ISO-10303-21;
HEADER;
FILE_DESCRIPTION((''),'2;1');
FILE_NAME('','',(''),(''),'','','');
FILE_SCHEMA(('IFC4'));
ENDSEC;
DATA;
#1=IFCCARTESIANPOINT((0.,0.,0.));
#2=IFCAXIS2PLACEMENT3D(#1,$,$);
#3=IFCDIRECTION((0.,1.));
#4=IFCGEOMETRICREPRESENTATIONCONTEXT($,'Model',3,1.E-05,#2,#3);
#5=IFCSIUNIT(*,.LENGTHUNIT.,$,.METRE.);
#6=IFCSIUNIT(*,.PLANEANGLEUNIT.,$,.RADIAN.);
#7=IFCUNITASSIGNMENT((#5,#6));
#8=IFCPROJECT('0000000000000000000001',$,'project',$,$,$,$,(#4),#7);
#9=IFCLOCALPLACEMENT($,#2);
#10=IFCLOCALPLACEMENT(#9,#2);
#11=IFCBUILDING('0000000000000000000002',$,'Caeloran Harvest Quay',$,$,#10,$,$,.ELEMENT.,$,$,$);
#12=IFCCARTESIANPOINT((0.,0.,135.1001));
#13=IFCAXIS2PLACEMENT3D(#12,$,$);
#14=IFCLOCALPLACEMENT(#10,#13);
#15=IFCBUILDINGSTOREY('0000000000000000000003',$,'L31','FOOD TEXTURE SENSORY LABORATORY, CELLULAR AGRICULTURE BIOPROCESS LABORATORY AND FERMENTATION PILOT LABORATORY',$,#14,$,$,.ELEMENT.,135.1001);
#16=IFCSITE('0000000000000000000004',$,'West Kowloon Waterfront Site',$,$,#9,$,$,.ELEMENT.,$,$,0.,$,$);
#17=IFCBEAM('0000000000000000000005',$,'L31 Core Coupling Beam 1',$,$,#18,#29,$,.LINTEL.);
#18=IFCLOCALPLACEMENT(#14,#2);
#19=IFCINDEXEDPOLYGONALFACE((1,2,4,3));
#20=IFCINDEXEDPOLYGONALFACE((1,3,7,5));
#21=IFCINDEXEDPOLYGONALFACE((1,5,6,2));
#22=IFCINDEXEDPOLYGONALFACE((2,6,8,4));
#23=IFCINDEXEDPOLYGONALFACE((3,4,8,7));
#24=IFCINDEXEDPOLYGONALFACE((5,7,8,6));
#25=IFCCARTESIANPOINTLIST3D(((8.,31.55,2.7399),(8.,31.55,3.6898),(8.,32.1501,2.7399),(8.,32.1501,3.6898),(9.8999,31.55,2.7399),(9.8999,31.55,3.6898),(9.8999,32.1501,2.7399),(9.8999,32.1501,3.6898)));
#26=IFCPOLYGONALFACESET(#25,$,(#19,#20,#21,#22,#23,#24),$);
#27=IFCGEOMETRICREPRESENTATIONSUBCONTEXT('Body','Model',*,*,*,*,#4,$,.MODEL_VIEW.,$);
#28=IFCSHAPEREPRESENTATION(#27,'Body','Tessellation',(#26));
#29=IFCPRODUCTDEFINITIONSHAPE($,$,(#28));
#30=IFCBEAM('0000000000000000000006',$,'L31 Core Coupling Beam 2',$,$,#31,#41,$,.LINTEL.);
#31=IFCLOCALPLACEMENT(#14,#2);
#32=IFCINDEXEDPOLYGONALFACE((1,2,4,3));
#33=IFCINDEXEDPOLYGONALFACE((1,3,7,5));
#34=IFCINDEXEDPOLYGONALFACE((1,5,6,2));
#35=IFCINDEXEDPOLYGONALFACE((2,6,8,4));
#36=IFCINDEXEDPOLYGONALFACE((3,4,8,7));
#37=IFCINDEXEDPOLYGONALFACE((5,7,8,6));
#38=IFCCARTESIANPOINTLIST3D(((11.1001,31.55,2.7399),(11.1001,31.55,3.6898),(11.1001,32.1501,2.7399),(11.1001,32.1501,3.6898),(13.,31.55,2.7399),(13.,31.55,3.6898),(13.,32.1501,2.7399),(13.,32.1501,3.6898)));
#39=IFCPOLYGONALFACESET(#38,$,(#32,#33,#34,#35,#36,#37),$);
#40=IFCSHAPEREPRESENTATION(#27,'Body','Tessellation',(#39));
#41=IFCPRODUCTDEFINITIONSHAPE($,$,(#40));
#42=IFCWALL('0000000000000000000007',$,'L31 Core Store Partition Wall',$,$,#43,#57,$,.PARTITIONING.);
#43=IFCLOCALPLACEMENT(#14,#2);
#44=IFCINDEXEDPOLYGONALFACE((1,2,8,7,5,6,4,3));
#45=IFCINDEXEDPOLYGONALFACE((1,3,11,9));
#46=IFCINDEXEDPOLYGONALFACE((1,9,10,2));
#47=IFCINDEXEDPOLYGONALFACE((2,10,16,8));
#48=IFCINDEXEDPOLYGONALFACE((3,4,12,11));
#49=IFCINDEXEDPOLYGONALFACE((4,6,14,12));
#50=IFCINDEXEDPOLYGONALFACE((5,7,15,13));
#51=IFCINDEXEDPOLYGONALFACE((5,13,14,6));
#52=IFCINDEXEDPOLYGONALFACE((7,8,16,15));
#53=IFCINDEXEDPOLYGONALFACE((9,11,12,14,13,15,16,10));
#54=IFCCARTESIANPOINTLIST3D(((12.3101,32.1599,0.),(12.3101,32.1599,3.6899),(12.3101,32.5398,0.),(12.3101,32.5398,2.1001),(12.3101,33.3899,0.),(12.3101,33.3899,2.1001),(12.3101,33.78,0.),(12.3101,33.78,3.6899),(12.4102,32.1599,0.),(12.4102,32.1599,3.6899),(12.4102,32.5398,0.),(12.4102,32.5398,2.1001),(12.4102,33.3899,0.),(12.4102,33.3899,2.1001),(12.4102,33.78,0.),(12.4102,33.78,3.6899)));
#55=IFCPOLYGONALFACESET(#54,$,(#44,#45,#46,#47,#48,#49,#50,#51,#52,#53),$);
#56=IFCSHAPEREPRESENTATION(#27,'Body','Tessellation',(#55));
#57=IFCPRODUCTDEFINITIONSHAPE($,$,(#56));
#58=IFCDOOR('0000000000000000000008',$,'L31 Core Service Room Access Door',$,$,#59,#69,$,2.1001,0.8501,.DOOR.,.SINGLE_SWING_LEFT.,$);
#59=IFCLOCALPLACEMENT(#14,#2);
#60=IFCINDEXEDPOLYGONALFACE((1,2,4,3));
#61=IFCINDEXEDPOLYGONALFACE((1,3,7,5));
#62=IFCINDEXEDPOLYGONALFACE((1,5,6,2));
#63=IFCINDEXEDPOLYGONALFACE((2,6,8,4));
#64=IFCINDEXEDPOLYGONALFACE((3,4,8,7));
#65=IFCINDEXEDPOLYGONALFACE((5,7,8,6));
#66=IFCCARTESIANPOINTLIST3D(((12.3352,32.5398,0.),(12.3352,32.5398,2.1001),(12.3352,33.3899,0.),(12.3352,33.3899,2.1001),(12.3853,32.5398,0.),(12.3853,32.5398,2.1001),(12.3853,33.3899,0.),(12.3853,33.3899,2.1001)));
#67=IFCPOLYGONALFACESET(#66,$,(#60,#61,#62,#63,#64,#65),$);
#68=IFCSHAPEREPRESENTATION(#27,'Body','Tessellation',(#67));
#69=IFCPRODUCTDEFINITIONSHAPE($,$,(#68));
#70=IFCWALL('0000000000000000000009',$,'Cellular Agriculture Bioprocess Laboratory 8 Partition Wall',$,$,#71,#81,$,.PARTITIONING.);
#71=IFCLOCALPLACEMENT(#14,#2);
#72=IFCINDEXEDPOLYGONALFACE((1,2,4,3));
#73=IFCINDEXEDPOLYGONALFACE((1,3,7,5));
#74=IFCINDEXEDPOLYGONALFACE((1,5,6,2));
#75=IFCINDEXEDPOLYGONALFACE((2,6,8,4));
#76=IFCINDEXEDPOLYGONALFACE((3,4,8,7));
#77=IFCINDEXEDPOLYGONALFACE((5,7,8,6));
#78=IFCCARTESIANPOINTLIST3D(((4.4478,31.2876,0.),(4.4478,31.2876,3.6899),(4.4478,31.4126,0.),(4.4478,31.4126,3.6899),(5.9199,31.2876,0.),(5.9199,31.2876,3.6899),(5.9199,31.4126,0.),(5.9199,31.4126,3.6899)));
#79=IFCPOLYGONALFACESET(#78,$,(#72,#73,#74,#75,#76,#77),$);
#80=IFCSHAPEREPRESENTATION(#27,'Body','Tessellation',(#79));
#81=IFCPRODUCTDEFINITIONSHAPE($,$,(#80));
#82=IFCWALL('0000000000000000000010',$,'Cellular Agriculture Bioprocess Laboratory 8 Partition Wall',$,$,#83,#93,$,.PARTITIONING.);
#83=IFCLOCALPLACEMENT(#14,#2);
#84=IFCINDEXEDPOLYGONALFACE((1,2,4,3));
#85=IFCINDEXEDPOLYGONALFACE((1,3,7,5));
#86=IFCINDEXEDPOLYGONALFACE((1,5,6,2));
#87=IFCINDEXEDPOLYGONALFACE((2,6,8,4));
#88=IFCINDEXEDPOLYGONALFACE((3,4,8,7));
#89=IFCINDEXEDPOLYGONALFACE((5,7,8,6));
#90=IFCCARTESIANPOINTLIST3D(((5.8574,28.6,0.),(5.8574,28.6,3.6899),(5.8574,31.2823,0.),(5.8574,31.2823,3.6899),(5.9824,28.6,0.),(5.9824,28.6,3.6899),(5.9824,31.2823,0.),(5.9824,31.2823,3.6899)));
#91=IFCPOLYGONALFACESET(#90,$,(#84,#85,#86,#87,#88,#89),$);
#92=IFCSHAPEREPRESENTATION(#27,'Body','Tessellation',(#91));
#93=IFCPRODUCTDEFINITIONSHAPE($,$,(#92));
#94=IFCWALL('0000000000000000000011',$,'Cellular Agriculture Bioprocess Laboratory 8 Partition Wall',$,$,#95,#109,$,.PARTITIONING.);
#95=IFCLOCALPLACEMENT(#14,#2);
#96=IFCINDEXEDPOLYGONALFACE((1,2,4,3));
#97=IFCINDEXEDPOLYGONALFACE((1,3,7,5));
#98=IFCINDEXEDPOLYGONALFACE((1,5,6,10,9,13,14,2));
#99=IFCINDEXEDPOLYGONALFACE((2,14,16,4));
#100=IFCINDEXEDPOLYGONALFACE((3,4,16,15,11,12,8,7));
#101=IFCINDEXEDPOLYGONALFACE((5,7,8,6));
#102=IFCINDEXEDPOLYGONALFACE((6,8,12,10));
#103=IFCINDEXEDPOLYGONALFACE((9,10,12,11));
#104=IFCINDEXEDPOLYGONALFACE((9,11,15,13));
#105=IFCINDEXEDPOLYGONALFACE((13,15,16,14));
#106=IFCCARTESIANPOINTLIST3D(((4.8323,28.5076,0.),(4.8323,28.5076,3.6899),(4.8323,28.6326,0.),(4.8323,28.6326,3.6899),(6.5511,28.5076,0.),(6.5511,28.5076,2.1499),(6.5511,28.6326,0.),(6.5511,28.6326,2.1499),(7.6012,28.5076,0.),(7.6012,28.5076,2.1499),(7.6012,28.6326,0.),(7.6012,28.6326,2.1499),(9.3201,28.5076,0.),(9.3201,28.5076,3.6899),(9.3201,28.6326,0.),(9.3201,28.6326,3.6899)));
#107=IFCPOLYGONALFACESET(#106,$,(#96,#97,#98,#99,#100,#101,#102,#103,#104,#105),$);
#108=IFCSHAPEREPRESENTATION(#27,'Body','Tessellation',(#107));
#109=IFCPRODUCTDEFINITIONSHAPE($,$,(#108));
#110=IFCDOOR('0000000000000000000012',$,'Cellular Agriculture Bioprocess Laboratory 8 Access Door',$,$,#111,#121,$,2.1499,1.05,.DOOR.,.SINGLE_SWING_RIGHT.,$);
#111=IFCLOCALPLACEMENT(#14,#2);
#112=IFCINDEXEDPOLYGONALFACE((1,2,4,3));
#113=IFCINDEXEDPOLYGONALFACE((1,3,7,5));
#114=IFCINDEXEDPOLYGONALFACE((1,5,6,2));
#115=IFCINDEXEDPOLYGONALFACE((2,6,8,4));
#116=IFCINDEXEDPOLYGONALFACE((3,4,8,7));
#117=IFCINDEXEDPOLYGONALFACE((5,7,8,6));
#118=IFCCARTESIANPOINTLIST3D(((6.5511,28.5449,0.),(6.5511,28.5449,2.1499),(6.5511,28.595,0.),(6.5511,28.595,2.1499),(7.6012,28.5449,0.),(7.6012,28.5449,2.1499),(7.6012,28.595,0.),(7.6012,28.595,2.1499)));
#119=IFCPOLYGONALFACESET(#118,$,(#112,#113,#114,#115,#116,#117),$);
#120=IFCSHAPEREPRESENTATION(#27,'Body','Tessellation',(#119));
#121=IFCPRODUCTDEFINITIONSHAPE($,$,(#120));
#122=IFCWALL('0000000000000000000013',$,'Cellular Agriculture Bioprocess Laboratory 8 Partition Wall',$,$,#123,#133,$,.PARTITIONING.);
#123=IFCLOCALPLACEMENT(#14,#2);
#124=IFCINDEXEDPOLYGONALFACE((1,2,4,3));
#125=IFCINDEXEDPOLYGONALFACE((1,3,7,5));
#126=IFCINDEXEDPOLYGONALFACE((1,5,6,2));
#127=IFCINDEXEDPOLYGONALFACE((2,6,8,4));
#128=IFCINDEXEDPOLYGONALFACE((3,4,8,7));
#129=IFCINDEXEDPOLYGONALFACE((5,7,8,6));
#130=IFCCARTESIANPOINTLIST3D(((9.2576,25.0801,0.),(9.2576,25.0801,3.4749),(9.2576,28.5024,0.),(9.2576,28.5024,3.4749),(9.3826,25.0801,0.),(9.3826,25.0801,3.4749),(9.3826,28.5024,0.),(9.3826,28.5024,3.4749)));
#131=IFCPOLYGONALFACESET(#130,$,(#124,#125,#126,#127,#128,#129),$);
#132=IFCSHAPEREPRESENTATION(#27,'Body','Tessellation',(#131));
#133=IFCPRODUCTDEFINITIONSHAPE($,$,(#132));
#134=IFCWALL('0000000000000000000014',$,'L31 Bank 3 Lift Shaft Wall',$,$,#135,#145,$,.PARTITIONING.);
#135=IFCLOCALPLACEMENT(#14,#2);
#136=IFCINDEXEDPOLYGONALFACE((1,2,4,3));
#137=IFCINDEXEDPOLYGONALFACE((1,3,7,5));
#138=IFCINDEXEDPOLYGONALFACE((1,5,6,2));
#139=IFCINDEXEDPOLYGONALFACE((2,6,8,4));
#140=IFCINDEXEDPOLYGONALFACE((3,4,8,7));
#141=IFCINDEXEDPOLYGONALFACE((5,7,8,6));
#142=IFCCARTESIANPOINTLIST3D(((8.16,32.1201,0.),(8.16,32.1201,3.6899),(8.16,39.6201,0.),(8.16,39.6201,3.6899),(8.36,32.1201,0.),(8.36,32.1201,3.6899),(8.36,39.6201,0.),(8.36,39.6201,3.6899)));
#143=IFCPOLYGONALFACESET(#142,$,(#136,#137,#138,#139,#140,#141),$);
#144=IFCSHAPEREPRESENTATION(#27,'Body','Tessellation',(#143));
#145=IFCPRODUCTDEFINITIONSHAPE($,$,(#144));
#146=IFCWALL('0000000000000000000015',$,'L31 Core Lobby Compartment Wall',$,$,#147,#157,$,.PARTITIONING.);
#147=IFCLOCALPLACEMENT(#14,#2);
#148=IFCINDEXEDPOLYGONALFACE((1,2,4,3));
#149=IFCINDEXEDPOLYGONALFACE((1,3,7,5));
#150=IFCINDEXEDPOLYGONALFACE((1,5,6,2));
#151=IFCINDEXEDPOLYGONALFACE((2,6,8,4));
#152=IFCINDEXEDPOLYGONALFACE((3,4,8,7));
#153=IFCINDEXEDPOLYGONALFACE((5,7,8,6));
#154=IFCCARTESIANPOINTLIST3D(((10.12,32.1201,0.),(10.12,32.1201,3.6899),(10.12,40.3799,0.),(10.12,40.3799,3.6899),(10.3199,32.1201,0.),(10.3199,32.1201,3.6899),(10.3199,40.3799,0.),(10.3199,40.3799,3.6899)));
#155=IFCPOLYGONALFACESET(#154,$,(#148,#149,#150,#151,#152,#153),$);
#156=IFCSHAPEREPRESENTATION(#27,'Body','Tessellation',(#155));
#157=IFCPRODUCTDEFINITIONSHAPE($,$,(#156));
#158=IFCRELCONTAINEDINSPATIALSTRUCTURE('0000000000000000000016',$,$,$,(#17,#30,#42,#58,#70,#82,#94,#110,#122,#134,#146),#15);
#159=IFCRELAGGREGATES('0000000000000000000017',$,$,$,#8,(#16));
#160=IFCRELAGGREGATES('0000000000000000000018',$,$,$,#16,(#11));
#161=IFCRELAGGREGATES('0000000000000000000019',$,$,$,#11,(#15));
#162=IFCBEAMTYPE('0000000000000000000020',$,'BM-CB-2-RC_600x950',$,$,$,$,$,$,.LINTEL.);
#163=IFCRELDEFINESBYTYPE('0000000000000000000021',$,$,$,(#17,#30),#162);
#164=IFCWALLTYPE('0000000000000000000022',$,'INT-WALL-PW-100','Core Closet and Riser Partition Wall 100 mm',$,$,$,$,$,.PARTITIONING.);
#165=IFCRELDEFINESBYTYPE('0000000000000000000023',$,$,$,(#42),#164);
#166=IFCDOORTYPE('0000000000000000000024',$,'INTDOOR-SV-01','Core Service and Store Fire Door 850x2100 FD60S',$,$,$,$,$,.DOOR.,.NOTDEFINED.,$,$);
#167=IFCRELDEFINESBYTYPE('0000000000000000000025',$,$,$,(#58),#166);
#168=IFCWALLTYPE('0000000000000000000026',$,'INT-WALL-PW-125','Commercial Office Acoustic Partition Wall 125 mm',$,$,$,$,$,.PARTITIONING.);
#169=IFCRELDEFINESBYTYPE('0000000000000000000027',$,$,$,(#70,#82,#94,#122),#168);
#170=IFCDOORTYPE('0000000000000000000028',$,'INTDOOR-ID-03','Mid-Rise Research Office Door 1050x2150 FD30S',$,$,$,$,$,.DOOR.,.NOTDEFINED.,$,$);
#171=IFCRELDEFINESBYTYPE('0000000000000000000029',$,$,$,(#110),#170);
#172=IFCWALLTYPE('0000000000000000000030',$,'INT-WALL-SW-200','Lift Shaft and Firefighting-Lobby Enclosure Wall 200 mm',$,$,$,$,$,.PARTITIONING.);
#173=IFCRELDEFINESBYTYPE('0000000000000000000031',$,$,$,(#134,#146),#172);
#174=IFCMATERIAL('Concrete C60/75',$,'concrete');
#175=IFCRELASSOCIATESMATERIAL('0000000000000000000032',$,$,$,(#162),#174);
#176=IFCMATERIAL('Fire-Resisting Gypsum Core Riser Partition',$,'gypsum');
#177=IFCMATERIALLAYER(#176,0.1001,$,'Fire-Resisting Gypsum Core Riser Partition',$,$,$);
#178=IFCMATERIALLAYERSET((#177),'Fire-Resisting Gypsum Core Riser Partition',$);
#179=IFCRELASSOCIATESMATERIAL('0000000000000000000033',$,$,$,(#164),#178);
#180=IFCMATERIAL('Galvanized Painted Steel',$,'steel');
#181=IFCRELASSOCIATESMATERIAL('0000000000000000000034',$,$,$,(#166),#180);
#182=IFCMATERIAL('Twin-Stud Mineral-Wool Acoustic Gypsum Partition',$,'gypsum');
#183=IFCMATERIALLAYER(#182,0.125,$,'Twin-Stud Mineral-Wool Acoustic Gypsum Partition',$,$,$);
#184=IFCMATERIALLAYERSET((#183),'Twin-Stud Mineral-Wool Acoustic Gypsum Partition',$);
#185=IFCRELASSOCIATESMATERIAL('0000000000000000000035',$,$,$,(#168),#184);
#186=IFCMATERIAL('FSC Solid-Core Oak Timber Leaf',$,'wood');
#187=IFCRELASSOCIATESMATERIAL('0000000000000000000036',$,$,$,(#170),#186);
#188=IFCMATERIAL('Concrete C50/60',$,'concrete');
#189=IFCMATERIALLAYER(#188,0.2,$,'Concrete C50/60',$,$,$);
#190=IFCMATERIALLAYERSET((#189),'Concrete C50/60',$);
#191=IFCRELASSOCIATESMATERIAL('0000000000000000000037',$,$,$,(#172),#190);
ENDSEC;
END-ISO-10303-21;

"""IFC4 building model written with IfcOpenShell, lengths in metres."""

from ifc_helpers import new_model, si_unit, direction, frame, frame_2d, origin, origin_2d, place, context, subcontext, project, spatial, rectangle, extrude, material, layer, layer_set, material_profile, profile_set, type_object, element, fill, save


model = new_model("IFC4")

# Units and contexts
model_context = context("Model", 3, precision=1e-05, world=origin(), true_north=direction((0.0, 1.0)))
body_context = subcontext(model_context, "Body", "Model", "MODEL_VIEW")
ifc_project = project(units=[si_unit("LENGTHUNIT", "METRE"), si_unit("PLANEANGLEUNIT", "RADIAN")], contexts=[model_context])

# Site, building, storey
site_placement = place(None, origin())
site = spatial("IfcSite", under=ifc_project, at=site_placement, Name="West Kowloon Waterfront Site", CompositionType="ELEMENT", RefElevation=0.0)
building_placement = place(site_placement, origin())
building = spatial("IfcBuilding", under=site, at=building_placement, Name="Caeloran Harvest Quay", CompositionType="ELEMENT")
storey_placement = place(building_placement, frame((0.0, 0.0, 135.1001)))
storey = spatial("IfcBuildingStorey", under=building, at=storey_placement, Name="L31", Description="FOOD TEXTURE SENSORY LABORATORY, CELLULAR AGRICULTURE BIOPROCESS LABORATORY AND FERMENTATION PILOT LABORATORY", CompositionType="ELEMENT", Elevation=135.1001)

# Beams
ifc_material_1 = material(Name="Concrete C60/75", Category="concrete")
ifc_material_profile = material_profile(ifc_material_1, rectangle(XDim=0.6001, YDim=0.95, at=origin_2d()), Name="RC 600x950")
ifc_profile_set = profile_set([ifc_material_profile], Name="Concrete C60/75")
beam_type = type_object("IfcBeamType", Name="BM-CB-2-RC_600x950", PredefinedType="LINTEL", material=ifc_profile_set)
for number, where, z_axis, x_axis, name in (
    (1, (8.0, 31.8501, 3.2148), (1.0, 0.0, 0.0), (0.0, 1.0, 0.0), "L31 Core Coupling Beam 1"),
    (2, (11.1001, 31.8501, 3.2148), (1.0, 0.0, 0.0), (0.0, 1.0, 0.0), "L31 Core Coupling Beam 2"),
):
    element("IfcBeam", number, at=place(storey_placement, frame(where, z_axis=z_axis, x_axis=x_axis)), inside=storey, type_object=beam_type, Name=name, PredefinedType="LINTEL", context=body_context, shape_type="SweptSolid", body=[
        extrude(rectangle(XDim=0.6001, YDim=0.95, at=origin_2d()), origin(), (0.0, 0.0, 1.0), 1.8999),
    ])

# Wall, opening, door
ifc_material_2 = material(Name="Fire-Resisting Gypsum Core Riser Partition", Category="gypsum")
ifc_layer_1 = layer(ifc_material_2, 0.1001, Name="Fire-Resisting Gypsum Core Riser Partition")
ifc_layer_set_1 = layer_set([ifc_layer_1], Name="Fire-Resisting Gypsum Core Riser Partition")
wall_type_1 = type_object("IfcWallType", Name="INT-WALL-PW-100", Description="Core Closet and Riser Partition Wall 100 mm", PredefinedType="PARTITIONING", material=ifc_layer_set_1)
wall_1_placement = place(storey_placement, frame((12.3601, 32.1599, 0.0), z_axis=(0.0, 0.0, 1.0), x_axis=(0.0, 1.0, 0.0)))
wall_1 = element("IfcWall", 3, at=wall_1_placement, inside=storey, type_object=wall_type_1, Name="L31 Core Store Partition Wall", PredefinedType="PARTITIONING", context=body_context, shape_type="SweptSolid", body=[
    extrude(rectangle(XDim=1.6201, YDim=0.1001, at=frame_2d((0.8101, 0.0))), origin(), (0.0, 0.0, 1.0), 3.6899),
])
opening_1_placement = place(wall_1_placement, frame((0.3799, 0.0, 0.0)))
opening_1 = element("IfcOpeningElement", 4, at=opening_1_placement, cuts=wall_1, PredefinedType="OPENING", context=body_context, shape_type="SweptSolid", body=[
    extrude(rectangle(XDim=0.8501, YDim=2.1001, at=frame_2d((0.425, 1.05))), frame((0.0, 0.0601, 0.0), z_axis=(0.0, -1.0, 0.0), x_axis=(1.0, 0.0, 0.0)), (0.0, 0.0, 1.0), 0.1201),
])
ifc_material_3 = material(Name="Galvanized Painted Steel", Category="steel")
door_type_1 = type_object("IfcDoorType", Name="INTDOOR-SV-01", Description="Core Service and Store Fire Door 850x2100 FD60S", OperationType="NOTDEFINED", PredefinedType="DOOR", material=ifc_material_3)
door_1_placement = place(opening_1_placement, origin())
door_1 = element("IfcDoor", 5, at=door_1_placement, inside=storey, type_object=door_type_1, Name="L31 Core Service Room Access Door", OperationType="SINGLE_SWING_LEFT", OverallHeight=2.1001, OverallWidth=0.8501, PredefinedType="DOOR", context=body_context, shape_type="SweptSolid", body=[
    extrude(rectangle(XDim=0.8501, YDim=2.1001, at=frame_2d((0.425, 1.05))), frame((0.0, 0.0249, 0.0), z_axis=(0.0, -1.0, 0.0), x_axis=(1.0, 0.0, 0.0)), (0.0, 0.0, 1.0), 0.05),
])
fill(opening_1, door_1)

# Walls
ifc_material_4 = material(Name="Twin-Stud Mineral-Wool Acoustic Gypsum Partition", Category="gypsum")
ifc_layer_2 = layer(ifc_material_4, 0.125, Name="Twin-Stud Mineral-Wool Acoustic Gypsum Partition")
ifc_layer_set_2 = layer_set([ifc_layer_2], Name="Twin-Stud Mineral-Wool Acoustic Gypsum Partition")
wall_type_2 = type_object("IfcWallType", Name="INT-WALL-PW-125", Description="Commercial Office Acoustic Partition Wall 125 mm", PredefinedType="PARTITIONING", material=ifc_layer_set_2)
wall_2_placement = place(storey_placement, frame((4.4478, 31.3501, 0.0), z_axis=(0.0, 0.0, 1.0), x_axis=(1.0, 0.0, 0.0)))
element("IfcWall", 6, at=wall_2_placement, inside=storey, type_object=wall_type_2, Name="Cellular Agriculture Bioprocess Laboratory 8 Partition Wall", PredefinedType="PARTITIONING", context=body_context, shape_type="SweptSolid", body=[
    extrude(rectangle(XDim=1.4722, YDim=0.125, at=frame_2d((0.7361, 0.0))), origin(), (0.0, 0.0, 1.0), 3.6899),
])
wall_3_placement = place(storey_placement, frame((5.9199, 31.2825, 0.0), z_axis=(0.0, 0.0, 1.0), x_axis=(0.0, -1.0, 0.0)))
element("IfcWall", 7, at=wall_3_placement, inside=storey, type_object=wall_type_2, Name="Cellular Agriculture Bioprocess Laboratory 8 Partition Wall", PredefinedType="PARTITIONING", context=body_context, shape_type="SweptSolid", body=[
    extrude(rectangle(XDim=2.6824, YDim=0.125, at=frame_2d((1.3413, 0.0))), origin(), (0.0, 0.0, 1.0), 3.6899),
])

# Wall, opening, door
wall_4_placement = place(storey_placement, frame((4.8323, 28.5701, 0.0), z_axis=(0.0, 0.0, 1.0), x_axis=(1.0, 0.0, 0.0)))
wall_4 = element("IfcWall", 8, at=wall_4_placement, inside=storey, type_object=wall_type_2, Name="Cellular Agriculture Bioprocess Laboratory 8 Partition Wall", PredefinedType="PARTITIONING", context=body_context, shape_type="SweptSolid", body=[
    extrude(rectangle(XDim=4.4878, YDim=0.125, at=frame_2d((2.2439, 0.0))), origin(), (0.0, 0.0, 1.0), 3.6899),
])
opening_2_placement = place(wall_4_placement, frame((1.719, 0.0, 0.0)))
opening_2 = element("IfcOpeningElement", 9, at=opening_2_placement, cuts=wall_4, PredefinedType="OPENING", context=body_context, shape_type="SweptSolid", body=[
    extrude(rectangle(XDim=1.05, YDim=2.1499, at=frame_2d((0.5249, 1.075))), frame((0.0, 0.0725, 0.0), z_axis=(0.0, -1.0, 0.0), x_axis=(1.0, 0.0, 0.0)), (0.0, 0.0, 1.0), 0.145),
])
ifc_material_5 = material(Name="FSC Solid-Core Oak Timber Leaf", Category="wood")
door_type_2 = type_object("IfcDoorType", Name="INTDOOR-ID-03", Description="Mid-Rise Research Office Door 1050x2150 FD30S", OperationType="NOTDEFINED", PredefinedType="DOOR", material=ifc_material_5)
door_2_placement = place(opening_2_placement, origin())
door_2 = element("IfcDoor", 10, at=door_2_placement, inside=storey, type_object=door_type_2, Name="Cellular Agriculture Bioprocess Laboratory 8 Access Door", OperationType="SINGLE_SWING_RIGHT", OverallHeight=2.1499, OverallWidth=1.05, PredefinedType="DOOR", context=body_context, shape_type="SweptSolid", body=[
    extrude(rectangle(XDim=1.05, YDim=2.1499, at=frame_2d((0.5249, 1.075))), frame((0.0, 0.0249, 0.0), z_axis=(0.0, -1.0, 0.0), x_axis=(1.0, 0.0, 0.0)), (0.0, 0.0, 1.0), 0.05),
])
fill(opening_2, door_2)

# Walls
wall_5_placement = place(storey_placement, frame((9.3201, 28.5024, 0.0), z_axis=(0.0, 0.0, 1.0), x_axis=(0.0, -1.0, 0.0)))
element("IfcWall", 11, at=wall_5_placement, inside=storey, type_object=wall_type_2, Name="Cellular Agriculture Bioprocess Laboratory 8 Partition Wall", PredefinedType="PARTITIONING", context=body_context, shape_type="SweptSolid", body=[
    extrude(rectangle(XDim=3.4224, YDim=0.125, at=frame_2d((1.7112, 0.0))), origin(), (0.0, 0.0, 1.0), 3.4749),
])
ifc_material_6 = material(Name="Concrete C50/60", Category="concrete")
ifc_layer_3 = layer(ifc_material_6, 0.2, Name="Concrete C50/60")
ifc_layer_set_3 = layer_set([ifc_layer_3], Name="Concrete C50/60")
wall_type_3 = type_object("IfcWallType", Name="INT-WALL-SW-200", Description="Lift Shaft and Firefighting-Lobby Enclosure Wall 200 mm", PredefinedType="PARTITIONING", material=ifc_layer_set_3)
wall_6_placement = place(storey_placement, frame((8.26, 32.1201, 0.0), z_axis=(0.0, 0.0, 1.0), x_axis=(0.0, 1.0, 0.0)))
element("IfcWall", 12, at=wall_6_placement, inside=storey, type_object=wall_type_3, Name="L31 Bank 3 Lift Shaft Wall", PredefinedType="PARTITIONING", context=body_context, shape_type="SweptSolid", body=[
    extrude(rectangle(XDim=7.5, YDim=0.2, at=frame_2d((3.75, 0.0))), origin(), (0.0, 0.0, 1.0), 3.6899),
])
wall_7_placement = place(storey_placement, frame((10.22, 32.1201, 0.0), z_axis=(0.0, 0.0, 1.0), x_axis=(0.0, 1.0, 0.0)))
element("IfcWall", 13, at=wall_7_placement, inside=storey, type_object=wall_type_3, Name="L31 Core Lobby Compartment Wall", PredefinedType="PARTITIONING", context=body_context, shape_type="SweptSolid", body=[
    extrude(rectangle(XDim=8.2598, YDim=0.2, at=frame_2d((4.1299, 0.0))), origin(), (0.0, 0.0, 1.0), 3.6899),
])

save(model, "model.ifc")
